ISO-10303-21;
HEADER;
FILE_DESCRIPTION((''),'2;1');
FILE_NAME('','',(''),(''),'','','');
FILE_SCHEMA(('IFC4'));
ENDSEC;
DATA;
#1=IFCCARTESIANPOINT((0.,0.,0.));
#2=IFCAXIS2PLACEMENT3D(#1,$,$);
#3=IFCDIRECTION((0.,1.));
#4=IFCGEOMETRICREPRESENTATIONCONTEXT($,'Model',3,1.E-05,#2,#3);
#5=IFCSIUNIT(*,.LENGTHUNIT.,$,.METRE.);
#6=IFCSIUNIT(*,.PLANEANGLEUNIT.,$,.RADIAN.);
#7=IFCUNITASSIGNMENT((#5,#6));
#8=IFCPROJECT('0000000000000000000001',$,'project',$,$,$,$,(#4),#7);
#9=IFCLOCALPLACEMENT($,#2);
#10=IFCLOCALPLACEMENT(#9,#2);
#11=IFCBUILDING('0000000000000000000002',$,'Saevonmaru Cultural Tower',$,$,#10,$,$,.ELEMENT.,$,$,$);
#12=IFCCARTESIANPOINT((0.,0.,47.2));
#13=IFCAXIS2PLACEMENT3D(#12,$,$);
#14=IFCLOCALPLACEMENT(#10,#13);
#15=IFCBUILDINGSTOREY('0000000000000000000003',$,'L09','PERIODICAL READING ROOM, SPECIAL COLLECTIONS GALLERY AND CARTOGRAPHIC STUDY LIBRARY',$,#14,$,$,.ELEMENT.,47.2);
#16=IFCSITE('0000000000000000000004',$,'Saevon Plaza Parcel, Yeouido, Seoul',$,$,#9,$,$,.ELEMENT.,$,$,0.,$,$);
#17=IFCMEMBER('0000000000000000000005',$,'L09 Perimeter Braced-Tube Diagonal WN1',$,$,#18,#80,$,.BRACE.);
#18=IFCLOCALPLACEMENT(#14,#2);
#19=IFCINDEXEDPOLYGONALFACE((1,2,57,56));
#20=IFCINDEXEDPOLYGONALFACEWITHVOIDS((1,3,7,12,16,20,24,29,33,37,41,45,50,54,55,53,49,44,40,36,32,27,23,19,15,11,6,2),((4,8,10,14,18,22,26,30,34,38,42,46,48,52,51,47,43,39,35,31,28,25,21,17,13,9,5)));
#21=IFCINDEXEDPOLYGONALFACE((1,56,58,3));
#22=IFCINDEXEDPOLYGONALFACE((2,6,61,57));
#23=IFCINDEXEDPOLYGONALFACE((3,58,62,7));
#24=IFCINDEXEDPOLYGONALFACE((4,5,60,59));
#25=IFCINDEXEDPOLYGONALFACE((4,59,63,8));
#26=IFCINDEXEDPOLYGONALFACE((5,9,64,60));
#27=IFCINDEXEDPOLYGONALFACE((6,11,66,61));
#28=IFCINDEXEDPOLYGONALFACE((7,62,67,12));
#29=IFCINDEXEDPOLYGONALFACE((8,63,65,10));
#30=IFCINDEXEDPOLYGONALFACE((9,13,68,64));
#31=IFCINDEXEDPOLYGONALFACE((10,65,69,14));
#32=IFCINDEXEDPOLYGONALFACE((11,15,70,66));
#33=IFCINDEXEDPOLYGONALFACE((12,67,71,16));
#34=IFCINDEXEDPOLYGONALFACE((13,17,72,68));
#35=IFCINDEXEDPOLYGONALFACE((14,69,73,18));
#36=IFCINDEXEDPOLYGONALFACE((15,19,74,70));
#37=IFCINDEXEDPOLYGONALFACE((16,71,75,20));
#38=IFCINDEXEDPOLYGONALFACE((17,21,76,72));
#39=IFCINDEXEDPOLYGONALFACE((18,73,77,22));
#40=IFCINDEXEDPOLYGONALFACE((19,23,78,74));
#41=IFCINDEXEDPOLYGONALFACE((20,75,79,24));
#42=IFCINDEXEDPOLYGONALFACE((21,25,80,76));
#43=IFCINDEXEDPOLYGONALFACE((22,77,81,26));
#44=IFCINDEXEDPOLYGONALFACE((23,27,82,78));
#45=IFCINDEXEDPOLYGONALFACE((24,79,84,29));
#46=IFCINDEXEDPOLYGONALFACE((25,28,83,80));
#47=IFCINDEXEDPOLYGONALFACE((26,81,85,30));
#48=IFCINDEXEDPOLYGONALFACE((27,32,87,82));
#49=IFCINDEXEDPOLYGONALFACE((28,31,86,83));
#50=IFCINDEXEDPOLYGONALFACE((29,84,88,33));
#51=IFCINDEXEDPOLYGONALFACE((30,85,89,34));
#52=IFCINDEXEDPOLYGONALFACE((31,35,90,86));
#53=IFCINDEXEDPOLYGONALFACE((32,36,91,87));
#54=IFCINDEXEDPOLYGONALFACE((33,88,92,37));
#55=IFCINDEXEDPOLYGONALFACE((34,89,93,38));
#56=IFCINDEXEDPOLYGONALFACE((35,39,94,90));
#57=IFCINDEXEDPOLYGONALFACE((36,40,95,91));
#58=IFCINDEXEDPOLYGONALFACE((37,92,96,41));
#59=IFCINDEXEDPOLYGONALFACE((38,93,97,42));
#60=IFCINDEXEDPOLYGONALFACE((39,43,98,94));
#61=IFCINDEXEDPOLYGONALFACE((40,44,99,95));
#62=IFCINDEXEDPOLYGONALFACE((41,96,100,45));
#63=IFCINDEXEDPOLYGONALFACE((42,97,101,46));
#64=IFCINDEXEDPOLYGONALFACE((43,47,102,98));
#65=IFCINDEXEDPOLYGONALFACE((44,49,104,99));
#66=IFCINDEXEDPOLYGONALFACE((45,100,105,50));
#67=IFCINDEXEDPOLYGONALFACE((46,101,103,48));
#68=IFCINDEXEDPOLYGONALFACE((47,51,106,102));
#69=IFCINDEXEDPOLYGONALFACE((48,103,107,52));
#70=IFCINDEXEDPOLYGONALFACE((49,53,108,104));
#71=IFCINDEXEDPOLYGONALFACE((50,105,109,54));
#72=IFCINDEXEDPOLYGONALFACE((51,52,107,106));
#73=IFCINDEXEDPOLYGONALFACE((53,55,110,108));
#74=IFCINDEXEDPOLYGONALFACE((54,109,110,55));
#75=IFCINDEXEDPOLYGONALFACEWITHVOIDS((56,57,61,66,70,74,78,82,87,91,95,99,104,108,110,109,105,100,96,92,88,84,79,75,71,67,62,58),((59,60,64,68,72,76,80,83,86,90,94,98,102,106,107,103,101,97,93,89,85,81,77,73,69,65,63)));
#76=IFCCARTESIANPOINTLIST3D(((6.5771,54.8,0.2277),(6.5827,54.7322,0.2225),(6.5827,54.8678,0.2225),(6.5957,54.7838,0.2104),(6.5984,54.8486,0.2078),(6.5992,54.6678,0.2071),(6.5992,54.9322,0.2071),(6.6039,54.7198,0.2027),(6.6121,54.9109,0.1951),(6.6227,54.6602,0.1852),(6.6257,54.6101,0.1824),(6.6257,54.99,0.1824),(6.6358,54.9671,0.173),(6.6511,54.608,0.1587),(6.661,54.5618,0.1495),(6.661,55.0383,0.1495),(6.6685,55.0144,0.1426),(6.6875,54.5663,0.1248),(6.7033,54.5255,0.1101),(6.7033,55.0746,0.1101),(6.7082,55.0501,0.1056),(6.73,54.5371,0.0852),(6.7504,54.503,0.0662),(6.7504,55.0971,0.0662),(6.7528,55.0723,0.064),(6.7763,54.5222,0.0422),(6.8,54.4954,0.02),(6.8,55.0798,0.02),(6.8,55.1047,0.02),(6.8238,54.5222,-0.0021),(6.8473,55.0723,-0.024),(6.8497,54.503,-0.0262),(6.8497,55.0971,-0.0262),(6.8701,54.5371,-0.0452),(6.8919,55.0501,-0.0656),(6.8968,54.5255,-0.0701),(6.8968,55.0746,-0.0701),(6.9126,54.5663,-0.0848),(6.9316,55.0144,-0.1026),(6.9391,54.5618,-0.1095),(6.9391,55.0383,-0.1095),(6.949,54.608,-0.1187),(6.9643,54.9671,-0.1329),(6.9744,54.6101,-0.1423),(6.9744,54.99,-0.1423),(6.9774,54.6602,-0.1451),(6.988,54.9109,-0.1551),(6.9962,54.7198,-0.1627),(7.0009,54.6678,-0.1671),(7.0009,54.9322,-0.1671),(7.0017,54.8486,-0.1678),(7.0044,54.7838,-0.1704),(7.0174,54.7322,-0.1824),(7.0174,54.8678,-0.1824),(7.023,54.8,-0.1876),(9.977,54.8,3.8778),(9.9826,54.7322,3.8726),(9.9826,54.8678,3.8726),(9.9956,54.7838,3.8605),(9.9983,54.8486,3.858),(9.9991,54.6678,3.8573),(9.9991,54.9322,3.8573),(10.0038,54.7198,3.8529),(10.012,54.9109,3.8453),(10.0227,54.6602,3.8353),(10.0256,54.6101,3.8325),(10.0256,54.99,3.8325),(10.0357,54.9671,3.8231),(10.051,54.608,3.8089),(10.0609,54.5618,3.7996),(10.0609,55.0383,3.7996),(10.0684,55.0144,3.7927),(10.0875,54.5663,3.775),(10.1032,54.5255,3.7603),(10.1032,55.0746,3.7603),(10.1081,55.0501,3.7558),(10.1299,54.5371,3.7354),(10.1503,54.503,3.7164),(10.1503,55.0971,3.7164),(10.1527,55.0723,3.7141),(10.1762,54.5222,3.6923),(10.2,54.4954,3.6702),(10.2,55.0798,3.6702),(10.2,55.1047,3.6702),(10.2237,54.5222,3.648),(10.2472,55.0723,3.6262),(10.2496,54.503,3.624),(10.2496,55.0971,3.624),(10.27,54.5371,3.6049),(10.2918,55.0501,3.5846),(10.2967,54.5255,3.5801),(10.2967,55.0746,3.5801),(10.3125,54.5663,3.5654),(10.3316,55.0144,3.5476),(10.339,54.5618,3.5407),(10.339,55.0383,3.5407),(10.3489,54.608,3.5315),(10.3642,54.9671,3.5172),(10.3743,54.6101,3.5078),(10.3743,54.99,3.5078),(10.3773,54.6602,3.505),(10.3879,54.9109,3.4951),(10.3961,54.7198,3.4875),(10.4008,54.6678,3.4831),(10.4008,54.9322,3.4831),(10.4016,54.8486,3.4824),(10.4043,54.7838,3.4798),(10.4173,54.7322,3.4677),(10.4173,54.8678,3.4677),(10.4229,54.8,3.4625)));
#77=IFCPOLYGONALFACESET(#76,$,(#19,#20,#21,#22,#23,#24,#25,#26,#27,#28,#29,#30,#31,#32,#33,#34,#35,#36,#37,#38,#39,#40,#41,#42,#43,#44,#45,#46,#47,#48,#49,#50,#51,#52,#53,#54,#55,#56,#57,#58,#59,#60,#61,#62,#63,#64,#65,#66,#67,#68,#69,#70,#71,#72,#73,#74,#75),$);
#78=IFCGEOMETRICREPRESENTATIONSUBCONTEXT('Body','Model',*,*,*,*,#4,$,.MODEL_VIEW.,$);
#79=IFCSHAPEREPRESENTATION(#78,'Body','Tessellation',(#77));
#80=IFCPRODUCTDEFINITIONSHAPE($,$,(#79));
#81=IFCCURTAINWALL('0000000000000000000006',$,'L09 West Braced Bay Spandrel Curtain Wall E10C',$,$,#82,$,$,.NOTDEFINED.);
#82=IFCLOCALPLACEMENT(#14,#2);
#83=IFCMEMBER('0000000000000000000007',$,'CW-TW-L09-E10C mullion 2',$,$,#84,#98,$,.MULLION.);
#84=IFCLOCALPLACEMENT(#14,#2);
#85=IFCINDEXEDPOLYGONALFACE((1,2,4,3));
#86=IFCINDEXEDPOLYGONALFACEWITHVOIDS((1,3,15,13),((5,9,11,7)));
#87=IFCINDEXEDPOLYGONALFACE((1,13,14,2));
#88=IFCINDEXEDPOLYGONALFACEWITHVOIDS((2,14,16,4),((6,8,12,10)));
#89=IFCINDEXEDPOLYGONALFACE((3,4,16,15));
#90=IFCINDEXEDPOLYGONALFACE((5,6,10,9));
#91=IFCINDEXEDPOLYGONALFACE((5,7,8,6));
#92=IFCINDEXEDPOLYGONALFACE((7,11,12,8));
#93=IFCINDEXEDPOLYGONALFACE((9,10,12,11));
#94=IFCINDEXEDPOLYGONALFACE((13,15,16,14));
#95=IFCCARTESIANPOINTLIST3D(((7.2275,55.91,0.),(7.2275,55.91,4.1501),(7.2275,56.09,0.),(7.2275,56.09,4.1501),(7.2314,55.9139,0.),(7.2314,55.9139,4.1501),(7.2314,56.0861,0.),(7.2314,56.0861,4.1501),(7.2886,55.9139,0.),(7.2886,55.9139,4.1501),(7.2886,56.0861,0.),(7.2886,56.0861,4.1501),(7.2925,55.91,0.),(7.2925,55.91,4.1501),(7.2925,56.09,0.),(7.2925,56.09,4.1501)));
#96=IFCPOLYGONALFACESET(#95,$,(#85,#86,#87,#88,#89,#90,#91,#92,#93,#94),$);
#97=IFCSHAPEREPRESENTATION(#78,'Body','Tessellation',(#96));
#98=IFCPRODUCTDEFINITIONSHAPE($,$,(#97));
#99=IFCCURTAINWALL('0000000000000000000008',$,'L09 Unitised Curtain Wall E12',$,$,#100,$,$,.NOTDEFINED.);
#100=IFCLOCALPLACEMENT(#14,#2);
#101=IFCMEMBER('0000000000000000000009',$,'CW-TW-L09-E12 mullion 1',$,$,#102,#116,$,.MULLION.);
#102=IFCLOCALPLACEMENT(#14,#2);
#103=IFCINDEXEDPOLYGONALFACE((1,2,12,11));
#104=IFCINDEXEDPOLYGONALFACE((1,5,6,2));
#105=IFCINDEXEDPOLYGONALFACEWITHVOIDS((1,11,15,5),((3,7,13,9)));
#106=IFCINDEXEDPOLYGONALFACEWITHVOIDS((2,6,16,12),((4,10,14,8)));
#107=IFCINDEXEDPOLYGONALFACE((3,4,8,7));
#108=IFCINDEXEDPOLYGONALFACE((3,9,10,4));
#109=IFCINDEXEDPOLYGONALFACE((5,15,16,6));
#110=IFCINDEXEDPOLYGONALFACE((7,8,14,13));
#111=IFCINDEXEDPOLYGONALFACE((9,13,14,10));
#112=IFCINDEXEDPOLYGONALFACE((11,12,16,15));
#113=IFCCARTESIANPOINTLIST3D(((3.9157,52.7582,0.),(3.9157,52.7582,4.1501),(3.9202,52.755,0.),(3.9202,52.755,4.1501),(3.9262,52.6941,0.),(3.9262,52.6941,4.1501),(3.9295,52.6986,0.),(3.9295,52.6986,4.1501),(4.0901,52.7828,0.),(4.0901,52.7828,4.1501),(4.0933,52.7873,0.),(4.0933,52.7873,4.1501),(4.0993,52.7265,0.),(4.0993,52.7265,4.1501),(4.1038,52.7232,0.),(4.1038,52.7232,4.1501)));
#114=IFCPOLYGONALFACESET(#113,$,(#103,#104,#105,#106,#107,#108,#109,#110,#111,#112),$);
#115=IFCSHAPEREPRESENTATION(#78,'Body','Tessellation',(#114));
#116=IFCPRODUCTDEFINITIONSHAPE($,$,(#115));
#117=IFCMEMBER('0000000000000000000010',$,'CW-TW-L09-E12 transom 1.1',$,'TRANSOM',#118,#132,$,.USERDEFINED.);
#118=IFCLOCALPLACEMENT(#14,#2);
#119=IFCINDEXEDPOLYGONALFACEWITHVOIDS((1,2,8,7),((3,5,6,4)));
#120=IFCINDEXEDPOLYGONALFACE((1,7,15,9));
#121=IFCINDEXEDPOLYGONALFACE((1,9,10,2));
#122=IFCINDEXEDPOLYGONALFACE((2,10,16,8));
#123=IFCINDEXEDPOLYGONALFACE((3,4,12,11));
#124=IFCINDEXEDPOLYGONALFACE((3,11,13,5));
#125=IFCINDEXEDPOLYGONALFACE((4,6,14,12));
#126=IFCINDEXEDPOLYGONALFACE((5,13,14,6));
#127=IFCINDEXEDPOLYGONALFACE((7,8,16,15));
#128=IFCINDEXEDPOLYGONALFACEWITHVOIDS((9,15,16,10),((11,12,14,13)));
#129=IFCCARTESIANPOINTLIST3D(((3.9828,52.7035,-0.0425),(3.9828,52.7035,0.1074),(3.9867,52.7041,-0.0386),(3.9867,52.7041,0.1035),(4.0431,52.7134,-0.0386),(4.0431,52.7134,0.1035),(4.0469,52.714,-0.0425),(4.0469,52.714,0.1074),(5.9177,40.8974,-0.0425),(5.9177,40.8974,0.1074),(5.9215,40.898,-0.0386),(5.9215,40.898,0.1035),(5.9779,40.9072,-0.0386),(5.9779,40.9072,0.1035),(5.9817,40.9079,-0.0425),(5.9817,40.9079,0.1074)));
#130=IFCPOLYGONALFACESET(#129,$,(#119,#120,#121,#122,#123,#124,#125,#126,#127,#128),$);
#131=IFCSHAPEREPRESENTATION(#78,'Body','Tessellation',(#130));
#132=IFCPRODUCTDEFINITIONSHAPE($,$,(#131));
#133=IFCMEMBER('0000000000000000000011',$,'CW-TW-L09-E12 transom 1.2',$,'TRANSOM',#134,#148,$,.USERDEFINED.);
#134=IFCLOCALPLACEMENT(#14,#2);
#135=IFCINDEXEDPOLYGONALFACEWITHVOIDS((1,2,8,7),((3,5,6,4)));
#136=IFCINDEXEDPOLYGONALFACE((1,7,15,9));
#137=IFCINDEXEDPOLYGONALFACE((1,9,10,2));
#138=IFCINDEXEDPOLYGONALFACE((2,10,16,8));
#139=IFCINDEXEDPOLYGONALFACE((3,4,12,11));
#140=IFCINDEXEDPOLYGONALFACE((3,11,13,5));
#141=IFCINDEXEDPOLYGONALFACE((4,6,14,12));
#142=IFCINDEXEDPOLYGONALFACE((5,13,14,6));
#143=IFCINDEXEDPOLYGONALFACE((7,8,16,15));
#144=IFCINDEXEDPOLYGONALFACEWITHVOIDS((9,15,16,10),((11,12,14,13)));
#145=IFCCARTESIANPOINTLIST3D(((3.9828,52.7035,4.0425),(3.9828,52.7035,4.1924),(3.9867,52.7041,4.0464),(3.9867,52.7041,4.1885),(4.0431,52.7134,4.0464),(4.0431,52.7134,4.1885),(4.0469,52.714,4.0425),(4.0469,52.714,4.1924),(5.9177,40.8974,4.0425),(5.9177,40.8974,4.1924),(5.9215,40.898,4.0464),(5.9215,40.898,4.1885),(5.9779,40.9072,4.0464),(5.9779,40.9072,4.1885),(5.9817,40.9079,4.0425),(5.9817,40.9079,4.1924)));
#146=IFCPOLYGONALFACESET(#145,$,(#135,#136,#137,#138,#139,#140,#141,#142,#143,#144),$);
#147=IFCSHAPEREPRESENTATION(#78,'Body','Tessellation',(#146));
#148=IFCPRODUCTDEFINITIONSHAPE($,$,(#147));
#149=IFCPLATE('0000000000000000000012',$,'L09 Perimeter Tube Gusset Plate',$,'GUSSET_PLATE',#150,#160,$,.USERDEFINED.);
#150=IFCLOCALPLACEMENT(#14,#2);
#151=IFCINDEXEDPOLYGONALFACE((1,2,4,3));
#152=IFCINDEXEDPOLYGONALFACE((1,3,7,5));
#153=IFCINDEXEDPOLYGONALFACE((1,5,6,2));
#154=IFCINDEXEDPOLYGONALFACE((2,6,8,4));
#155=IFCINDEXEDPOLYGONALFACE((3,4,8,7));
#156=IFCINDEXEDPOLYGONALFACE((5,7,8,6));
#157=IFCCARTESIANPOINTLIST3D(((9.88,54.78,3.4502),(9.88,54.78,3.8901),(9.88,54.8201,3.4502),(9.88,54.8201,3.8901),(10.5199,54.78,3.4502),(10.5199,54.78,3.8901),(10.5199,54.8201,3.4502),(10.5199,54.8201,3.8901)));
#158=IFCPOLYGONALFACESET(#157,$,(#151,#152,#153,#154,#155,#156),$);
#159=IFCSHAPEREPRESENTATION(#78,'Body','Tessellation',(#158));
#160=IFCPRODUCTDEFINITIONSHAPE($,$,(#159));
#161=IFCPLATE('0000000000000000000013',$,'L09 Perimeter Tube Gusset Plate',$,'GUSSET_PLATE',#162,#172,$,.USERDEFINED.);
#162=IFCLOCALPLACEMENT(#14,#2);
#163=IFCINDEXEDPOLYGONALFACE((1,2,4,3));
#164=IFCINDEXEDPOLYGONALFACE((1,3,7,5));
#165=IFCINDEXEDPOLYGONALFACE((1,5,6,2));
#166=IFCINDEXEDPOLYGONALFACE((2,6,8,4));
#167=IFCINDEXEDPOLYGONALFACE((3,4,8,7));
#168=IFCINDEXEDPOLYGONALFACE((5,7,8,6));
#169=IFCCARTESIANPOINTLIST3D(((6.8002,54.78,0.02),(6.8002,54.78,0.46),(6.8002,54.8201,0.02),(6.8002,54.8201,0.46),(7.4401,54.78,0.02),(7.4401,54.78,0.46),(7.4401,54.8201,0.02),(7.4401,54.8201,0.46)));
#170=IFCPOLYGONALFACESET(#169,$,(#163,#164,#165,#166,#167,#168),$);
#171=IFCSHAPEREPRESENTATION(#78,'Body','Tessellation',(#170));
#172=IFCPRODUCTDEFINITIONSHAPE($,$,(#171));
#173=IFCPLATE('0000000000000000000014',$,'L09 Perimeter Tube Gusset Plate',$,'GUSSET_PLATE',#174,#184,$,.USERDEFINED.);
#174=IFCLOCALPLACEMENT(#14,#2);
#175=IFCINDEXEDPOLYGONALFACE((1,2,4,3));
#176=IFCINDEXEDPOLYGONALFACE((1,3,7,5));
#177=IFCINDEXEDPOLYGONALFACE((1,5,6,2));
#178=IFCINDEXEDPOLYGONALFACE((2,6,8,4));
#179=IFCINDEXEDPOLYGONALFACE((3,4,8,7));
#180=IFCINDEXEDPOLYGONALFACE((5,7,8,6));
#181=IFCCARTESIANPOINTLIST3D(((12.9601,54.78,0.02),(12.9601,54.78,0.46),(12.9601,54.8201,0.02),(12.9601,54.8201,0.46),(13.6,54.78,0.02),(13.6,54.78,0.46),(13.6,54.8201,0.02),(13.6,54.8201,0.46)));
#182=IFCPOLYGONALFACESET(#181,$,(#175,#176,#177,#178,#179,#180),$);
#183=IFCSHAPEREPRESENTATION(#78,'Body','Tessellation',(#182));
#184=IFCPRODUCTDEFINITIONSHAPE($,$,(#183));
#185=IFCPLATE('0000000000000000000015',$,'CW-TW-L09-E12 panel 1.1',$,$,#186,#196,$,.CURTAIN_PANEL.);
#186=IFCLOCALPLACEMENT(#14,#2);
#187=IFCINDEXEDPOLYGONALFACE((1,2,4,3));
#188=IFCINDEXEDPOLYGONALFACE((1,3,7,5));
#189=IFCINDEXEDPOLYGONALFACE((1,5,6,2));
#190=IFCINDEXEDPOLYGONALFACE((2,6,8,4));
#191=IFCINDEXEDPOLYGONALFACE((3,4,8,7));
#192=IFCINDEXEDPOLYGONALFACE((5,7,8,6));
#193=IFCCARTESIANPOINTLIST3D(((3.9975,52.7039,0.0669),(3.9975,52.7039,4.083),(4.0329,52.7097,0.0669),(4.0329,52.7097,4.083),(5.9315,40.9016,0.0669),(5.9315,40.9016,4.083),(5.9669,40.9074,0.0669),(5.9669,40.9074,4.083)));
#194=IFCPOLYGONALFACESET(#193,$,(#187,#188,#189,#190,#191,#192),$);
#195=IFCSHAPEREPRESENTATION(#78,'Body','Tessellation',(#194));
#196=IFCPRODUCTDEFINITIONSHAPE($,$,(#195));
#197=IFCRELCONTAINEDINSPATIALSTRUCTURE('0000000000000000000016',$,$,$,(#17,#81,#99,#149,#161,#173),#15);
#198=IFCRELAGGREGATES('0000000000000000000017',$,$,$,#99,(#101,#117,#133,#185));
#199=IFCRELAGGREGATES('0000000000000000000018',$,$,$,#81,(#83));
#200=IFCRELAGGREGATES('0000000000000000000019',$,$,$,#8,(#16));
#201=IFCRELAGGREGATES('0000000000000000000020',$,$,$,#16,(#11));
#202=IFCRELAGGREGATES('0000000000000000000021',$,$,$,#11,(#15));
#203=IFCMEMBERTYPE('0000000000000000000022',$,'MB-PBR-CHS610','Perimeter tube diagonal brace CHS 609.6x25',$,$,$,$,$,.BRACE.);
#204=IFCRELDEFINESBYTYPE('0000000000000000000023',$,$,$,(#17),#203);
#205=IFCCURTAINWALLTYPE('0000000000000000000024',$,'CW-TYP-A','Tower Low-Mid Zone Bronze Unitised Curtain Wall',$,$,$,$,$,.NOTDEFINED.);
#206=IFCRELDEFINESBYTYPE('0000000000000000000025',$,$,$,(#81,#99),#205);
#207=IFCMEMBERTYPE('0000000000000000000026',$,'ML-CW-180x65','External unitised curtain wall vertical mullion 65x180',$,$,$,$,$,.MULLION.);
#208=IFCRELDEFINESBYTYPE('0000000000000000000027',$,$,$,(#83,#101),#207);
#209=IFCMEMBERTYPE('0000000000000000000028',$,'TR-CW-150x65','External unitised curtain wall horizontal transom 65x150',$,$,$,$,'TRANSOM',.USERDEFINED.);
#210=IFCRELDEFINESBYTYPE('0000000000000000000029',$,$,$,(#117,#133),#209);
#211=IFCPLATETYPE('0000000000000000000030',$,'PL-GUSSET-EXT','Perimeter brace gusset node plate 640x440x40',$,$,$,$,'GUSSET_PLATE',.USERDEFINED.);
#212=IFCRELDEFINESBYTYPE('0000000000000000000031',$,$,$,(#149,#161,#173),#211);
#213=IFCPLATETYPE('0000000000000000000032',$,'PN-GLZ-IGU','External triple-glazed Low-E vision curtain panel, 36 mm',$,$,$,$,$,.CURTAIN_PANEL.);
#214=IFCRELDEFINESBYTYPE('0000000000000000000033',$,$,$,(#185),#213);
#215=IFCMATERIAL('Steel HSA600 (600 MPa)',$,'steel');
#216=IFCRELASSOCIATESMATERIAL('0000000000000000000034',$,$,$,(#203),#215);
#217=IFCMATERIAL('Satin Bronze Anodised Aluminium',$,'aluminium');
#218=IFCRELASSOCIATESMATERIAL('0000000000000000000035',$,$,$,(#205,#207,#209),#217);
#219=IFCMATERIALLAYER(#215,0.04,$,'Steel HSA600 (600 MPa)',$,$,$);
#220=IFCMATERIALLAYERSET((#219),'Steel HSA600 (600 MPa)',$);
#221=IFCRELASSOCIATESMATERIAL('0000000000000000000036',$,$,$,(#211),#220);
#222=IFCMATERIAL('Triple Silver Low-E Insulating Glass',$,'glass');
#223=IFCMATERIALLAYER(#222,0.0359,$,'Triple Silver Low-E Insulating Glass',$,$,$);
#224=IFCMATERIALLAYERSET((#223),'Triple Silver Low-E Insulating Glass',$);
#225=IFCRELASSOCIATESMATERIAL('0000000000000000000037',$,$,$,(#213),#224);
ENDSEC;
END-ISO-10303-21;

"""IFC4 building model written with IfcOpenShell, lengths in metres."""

from ifc_helpers import new_model, si_unit, direction, frame, origin, origin_2d, place, context, subcontext, project, spatial, rectangle, hollow_rectangle, hollow_circle, extrude, material, layer, layer_set, material_profile, profile_set, type_object, element, aggregate, save


model = new_model("IFC4")

# Units and contexts
model_context = context("Model", 3, precision=1e-05, world=origin(), true_north=direction((0.0, 1.0)))
body_context = subcontext(model_context, "Body", "Model", "MODEL_VIEW")
ifc_project = project(units=[si_unit("LENGTHUNIT", "METRE"), si_unit("PLANEANGLEUNIT", "RADIAN")], contexts=[model_context])

# Site, building, storey
site_placement = place(None, origin())
site = spatial("IfcSite", under=ifc_project, at=site_placement, Name="Saevon Plaza Parcel, Yeouido, Seoul", CompositionType="ELEMENT", RefElevation=0.0)
building_placement = place(site_placement, origin())
building = spatial("IfcBuilding", under=site, at=building_placement, Name="Saevonmaru Cultural Tower", CompositionType="ELEMENT")
storey_placement = place(building_placement, frame((0.0, 0.0, 47.2)))
storey = spatial("IfcBuildingStorey", under=building, at=storey_placement, Name="L09", Description="PERIODICAL READING ROOM, SPECIAL COLLECTIONS GALLERY AND CARTOGRAPHIC STUDY LIBRARY", CompositionType="ELEMENT", Elevation=47.2)

# Shared definitions
ifc_material_1 = material(Name="Steel HSA600 (600 MPa)", Category="steel")

# Member
ifc_material_profile_1 = material_profile(ifc_material_1, hollow_circle(Radius=0.3047, WallThickness=0.0249, at=origin_2d()), Name="CHS-609.6x25")
ifc_profile_set_1 = profile_set([ifc_material_profile_1], Name="Steel HSA600 (600 MPa)")
member_type_1 = type_object("IfcMemberType", Name="MB-PBR-CHS610", Description="Perimeter tube diagonal brace CHS 609.6x25", PredefinedType="BRACE", material=ifc_profile_set_1)
member_1_placement = place(storey_placement, frame((6.8, 54.8, 0.02), z_axis=(0.681579, 0.0, 0.731745), x_axis=(0.0, 1.0, 0.0)))
element("IfcMember", 1, at=member_1_placement, inside=storey, type_object=member_type_1, Name="L09 Perimeter Braced-Tube Diagonal WN1", PredefinedType="BRACE", context=body_context, shape_type="SweptSolid", body=[
    extrude(hollow_circle(Radius=0.3047, WallThickness=0.0249, at=origin_2d()), origin(), (0.0, 0.0, 1.0), 4.9883),
])

# Curtain wall, member
ifc_material_2 = material(Name="Satin Bronze Anodised Aluminium", Category="aluminium")
curtain_wall_type = type_object("IfcCurtainWallType", Name="CW-TYP-A", Description="Tower Low-Mid Zone Bronze Unitised Curtain Wall", PredefinedType="NOTDEFINED", material=ifc_material_2)
curtain_wall_1_placement = place(storey_placement, origin())
curtain_wall_1 = element("IfcCurtainWall", 2, at=curtain_wall_1_placement, inside=storey, type_object=curtain_wall_type, Name="L09 West Braced Bay Spandrel Curtain Wall E10C", PredefinedType="NOTDEFINED")
ifc_material_profile_2 = material_profile(ifc_material_2, hollow_rectangle(XDim=0.0649, YDim=0.1799, WallThickness=0.0039, at=origin_2d()), Name="ALU-MULL-180x65x4")
ifc_profile_set_2 = profile_set([ifc_material_profile_2], Name="Satin Bronze Anodised Aluminium")
member_type_2 = type_object("IfcMemberType", Name="ML-CW-180x65", Description="External unitised curtain wall vertical mullion 65x180", PredefinedType="MULLION", material=ifc_profile_set_2)
member_2_placement = place(storey_placement, frame((7.26, 56.0, 0.0), z_axis=(0.0, 0.0, 1.0), x_axis=(-1.0, 0.0, 0.0)))
member_2 = element("IfcMember", 3, at=member_2_placement, type_object=member_type_2, Name="CW-TW-L09-E10C mullion 2", PredefinedType="MULLION", context=body_context, shape_type="SweptSolid", body=[
    extrude(hollow_rectangle(XDim=0.0649, YDim=0.1799, WallThickness=0.0039, at=origin_2d()), origin(), (0.0, 0.0, 1.0), 4.1501),
])

# Curtain wall, members
curtain_wall_2_placement = place(storey_placement, origin())
curtain_wall_2 = element("IfcCurtainWall", 4, at=curtain_wall_2_placement, inside=storey, type_object=curtain_wall_type, Name="L09 Unitised Curtain Wall E12", PredefinedType="NOTDEFINED")
member_3_placement = place(storey_placement, frame((4.0098, 52.7407, 0.0), z_axis=(0.0, 0.0, 1.0), x_axis=(0.161709, -0.986839, 0.0)))
member_3 = element("IfcMember", 5, at=member_3_placement, type_object=member_type_2, Name="CW-TW-L09-E12 mullion 1", PredefinedType="MULLION", context=body_context, shape_type="SweptSolid", body=[
    extrude(hollow_rectangle(XDim=0.0649, YDim=0.1799, WallThickness=0.0039, at=origin_2d()), origin(), (0.0, 0.0, 1.0), 4.1501),
])
ifc_material_profile_3 = material_profile(ifc_material_2, hollow_rectangle(XDim=0.0649, YDim=0.1499, WallThickness=0.0039, at=origin_2d()), Name="ALU-TRAN-150x65x4")
ifc_profile_set_3 = profile_set([ifc_material_profile_3], Name="Satin Bronze Anodised Aluminium")
member_type_3 = type_object("IfcMemberType", Name="TR-CW-150x65", Description="External unitised curtain wall horizontal transom 65x150", ElementType="TRANSOM", PredefinedType="USERDEFINED", material=ifc_profile_set_3)
member_4_placement = place(storey_placement, frame((4.0149, 52.7087, 0.0325), z_axis=(0.161725, -0.986836, 0.0), x_axis=(0.986836, 0.161725, 0.0)))
member_4 = element("IfcMember", 6, at=member_4_placement, type_object=member_type_3, Name="CW-TW-L09-E12 transom 1.1", ObjectType="TRANSOM", PredefinedType="USERDEFINED", context=body_context, shape_type="SweptSolid", body=[
    extrude(hollow_rectangle(XDim=0.0649, YDim=0.1499, WallThickness=0.0039, at=origin_2d()), origin(), (0.0, 0.0, 1.0), 11.9636),
])
member_5_placement = place(storey_placement, frame((4.0149, 52.7087, 4.1174), z_axis=(0.161725, -0.986836, 0.0), x_axis=(0.986836, 0.161725, 0.0)))
member_5 = element("IfcMember", 7, at=member_5_placement, type_object=member_type_3, Name="CW-TW-L09-E12 transom 1.2", ObjectType="TRANSOM", PredefinedType="USERDEFINED", context=body_context, shape_type="SweptSolid", body=[
    extrude(hollow_rectangle(XDim=0.0649, YDim=0.1499, WallThickness=0.0039, at=origin_2d()), origin(), (0.0, 0.0, 1.0), 11.9636),
])

# Plates
ifc_layer_1 = layer(ifc_material_1, 0.04, Name="Steel HSA600 (600 MPa)")
ifc_layer_set_1 = layer_set([ifc_layer_1], Name="Steel HSA600 (600 MPa)")
plate_type_1 = type_object("IfcPlateType", Name="PL-GUSSET-EXT", Description="Perimeter brace gusset node plate 640x440x40", ElementType="GUSSET_PLATE", PredefinedType="USERDEFINED", material=ifc_layer_set_1)
for number, where, z_axis, x_axis, name in (
    (8, (10.2, 54.8, 3.4502), (0.0, 0.0, 1.0), (1.0, 0.0, 0.0), "L09 Perimeter Tube Gusset Plate"),
    (9, (7.1201, 54.8, 0.02), (0.0, 0.0, 1.0), (1.0, 0.0, 0.0), "L09 Perimeter Tube Gusset Plate"),
    (10, (13.28, 54.8, 0.02), (0.0, 0.0, 1.0), (1.0, 0.0, 0.0), "L09 Perimeter Tube Gusset Plate"),
):
    element("IfcPlate", number, at=place(storey_placement, frame(where, z_axis=z_axis, x_axis=x_axis)), inside=storey, type_object=plate_type_1, Name=name, ObjectType="GUSSET_PLATE", PredefinedType="USERDEFINED", context=body_context, shape_type="SweptSolid", body=[
        extrude(rectangle(XDim=0.6399, YDim=0.04, at=origin_2d()), origin(), (0.0, 0.0, 1.0), 0.4399),
    ])

# Plate
ifc_material_3 = material(Name="Triple Silver Low-E Insulating Glass", Category="glass")
ifc_layer_2 = layer(ifc_material_3, 0.0359, Name="Triple Silver Low-E Insulating Glass")
ifc_layer_set_2 = layer_set([ifc_layer_2], Name="Triple Silver Low-E Insulating Glass")
plate_type_2 = type_object("IfcPlateType", Name="PN-GLZ-IGU", Description="External triple-glazed Low-E vision curtain panel, 36 mm", PredefinedType="CURTAIN_PANEL", material=ifc_layer_set_2)
plate_1_placement = place(storey_placement, frame((4.9822, 46.8057, 0.0669), z_axis=(0.0, 0.0, 1.0), x_axis=(0.161709, -0.986839, 0.0)))
plate_1 = element("IfcPlate", 11, at=plate_1_placement, type_object=plate_type_2, Name="CW-TW-L09-E12 panel 1.1", PredefinedType="CURTAIN_PANEL", context=body_context, shape_type="SweptSolid", body=[
    extrude(rectangle(XDim=11.9597, YDim=0.0359, at=origin_2d()), origin(), (0.0, 0.0, 1.0), 4.0161),
])
aggregate(curtain_wall_2, [member_3, member_4, member_5, plate_1])
aggregate(curtain_wall_1, [member_2])

save(model, "model.ifc")
